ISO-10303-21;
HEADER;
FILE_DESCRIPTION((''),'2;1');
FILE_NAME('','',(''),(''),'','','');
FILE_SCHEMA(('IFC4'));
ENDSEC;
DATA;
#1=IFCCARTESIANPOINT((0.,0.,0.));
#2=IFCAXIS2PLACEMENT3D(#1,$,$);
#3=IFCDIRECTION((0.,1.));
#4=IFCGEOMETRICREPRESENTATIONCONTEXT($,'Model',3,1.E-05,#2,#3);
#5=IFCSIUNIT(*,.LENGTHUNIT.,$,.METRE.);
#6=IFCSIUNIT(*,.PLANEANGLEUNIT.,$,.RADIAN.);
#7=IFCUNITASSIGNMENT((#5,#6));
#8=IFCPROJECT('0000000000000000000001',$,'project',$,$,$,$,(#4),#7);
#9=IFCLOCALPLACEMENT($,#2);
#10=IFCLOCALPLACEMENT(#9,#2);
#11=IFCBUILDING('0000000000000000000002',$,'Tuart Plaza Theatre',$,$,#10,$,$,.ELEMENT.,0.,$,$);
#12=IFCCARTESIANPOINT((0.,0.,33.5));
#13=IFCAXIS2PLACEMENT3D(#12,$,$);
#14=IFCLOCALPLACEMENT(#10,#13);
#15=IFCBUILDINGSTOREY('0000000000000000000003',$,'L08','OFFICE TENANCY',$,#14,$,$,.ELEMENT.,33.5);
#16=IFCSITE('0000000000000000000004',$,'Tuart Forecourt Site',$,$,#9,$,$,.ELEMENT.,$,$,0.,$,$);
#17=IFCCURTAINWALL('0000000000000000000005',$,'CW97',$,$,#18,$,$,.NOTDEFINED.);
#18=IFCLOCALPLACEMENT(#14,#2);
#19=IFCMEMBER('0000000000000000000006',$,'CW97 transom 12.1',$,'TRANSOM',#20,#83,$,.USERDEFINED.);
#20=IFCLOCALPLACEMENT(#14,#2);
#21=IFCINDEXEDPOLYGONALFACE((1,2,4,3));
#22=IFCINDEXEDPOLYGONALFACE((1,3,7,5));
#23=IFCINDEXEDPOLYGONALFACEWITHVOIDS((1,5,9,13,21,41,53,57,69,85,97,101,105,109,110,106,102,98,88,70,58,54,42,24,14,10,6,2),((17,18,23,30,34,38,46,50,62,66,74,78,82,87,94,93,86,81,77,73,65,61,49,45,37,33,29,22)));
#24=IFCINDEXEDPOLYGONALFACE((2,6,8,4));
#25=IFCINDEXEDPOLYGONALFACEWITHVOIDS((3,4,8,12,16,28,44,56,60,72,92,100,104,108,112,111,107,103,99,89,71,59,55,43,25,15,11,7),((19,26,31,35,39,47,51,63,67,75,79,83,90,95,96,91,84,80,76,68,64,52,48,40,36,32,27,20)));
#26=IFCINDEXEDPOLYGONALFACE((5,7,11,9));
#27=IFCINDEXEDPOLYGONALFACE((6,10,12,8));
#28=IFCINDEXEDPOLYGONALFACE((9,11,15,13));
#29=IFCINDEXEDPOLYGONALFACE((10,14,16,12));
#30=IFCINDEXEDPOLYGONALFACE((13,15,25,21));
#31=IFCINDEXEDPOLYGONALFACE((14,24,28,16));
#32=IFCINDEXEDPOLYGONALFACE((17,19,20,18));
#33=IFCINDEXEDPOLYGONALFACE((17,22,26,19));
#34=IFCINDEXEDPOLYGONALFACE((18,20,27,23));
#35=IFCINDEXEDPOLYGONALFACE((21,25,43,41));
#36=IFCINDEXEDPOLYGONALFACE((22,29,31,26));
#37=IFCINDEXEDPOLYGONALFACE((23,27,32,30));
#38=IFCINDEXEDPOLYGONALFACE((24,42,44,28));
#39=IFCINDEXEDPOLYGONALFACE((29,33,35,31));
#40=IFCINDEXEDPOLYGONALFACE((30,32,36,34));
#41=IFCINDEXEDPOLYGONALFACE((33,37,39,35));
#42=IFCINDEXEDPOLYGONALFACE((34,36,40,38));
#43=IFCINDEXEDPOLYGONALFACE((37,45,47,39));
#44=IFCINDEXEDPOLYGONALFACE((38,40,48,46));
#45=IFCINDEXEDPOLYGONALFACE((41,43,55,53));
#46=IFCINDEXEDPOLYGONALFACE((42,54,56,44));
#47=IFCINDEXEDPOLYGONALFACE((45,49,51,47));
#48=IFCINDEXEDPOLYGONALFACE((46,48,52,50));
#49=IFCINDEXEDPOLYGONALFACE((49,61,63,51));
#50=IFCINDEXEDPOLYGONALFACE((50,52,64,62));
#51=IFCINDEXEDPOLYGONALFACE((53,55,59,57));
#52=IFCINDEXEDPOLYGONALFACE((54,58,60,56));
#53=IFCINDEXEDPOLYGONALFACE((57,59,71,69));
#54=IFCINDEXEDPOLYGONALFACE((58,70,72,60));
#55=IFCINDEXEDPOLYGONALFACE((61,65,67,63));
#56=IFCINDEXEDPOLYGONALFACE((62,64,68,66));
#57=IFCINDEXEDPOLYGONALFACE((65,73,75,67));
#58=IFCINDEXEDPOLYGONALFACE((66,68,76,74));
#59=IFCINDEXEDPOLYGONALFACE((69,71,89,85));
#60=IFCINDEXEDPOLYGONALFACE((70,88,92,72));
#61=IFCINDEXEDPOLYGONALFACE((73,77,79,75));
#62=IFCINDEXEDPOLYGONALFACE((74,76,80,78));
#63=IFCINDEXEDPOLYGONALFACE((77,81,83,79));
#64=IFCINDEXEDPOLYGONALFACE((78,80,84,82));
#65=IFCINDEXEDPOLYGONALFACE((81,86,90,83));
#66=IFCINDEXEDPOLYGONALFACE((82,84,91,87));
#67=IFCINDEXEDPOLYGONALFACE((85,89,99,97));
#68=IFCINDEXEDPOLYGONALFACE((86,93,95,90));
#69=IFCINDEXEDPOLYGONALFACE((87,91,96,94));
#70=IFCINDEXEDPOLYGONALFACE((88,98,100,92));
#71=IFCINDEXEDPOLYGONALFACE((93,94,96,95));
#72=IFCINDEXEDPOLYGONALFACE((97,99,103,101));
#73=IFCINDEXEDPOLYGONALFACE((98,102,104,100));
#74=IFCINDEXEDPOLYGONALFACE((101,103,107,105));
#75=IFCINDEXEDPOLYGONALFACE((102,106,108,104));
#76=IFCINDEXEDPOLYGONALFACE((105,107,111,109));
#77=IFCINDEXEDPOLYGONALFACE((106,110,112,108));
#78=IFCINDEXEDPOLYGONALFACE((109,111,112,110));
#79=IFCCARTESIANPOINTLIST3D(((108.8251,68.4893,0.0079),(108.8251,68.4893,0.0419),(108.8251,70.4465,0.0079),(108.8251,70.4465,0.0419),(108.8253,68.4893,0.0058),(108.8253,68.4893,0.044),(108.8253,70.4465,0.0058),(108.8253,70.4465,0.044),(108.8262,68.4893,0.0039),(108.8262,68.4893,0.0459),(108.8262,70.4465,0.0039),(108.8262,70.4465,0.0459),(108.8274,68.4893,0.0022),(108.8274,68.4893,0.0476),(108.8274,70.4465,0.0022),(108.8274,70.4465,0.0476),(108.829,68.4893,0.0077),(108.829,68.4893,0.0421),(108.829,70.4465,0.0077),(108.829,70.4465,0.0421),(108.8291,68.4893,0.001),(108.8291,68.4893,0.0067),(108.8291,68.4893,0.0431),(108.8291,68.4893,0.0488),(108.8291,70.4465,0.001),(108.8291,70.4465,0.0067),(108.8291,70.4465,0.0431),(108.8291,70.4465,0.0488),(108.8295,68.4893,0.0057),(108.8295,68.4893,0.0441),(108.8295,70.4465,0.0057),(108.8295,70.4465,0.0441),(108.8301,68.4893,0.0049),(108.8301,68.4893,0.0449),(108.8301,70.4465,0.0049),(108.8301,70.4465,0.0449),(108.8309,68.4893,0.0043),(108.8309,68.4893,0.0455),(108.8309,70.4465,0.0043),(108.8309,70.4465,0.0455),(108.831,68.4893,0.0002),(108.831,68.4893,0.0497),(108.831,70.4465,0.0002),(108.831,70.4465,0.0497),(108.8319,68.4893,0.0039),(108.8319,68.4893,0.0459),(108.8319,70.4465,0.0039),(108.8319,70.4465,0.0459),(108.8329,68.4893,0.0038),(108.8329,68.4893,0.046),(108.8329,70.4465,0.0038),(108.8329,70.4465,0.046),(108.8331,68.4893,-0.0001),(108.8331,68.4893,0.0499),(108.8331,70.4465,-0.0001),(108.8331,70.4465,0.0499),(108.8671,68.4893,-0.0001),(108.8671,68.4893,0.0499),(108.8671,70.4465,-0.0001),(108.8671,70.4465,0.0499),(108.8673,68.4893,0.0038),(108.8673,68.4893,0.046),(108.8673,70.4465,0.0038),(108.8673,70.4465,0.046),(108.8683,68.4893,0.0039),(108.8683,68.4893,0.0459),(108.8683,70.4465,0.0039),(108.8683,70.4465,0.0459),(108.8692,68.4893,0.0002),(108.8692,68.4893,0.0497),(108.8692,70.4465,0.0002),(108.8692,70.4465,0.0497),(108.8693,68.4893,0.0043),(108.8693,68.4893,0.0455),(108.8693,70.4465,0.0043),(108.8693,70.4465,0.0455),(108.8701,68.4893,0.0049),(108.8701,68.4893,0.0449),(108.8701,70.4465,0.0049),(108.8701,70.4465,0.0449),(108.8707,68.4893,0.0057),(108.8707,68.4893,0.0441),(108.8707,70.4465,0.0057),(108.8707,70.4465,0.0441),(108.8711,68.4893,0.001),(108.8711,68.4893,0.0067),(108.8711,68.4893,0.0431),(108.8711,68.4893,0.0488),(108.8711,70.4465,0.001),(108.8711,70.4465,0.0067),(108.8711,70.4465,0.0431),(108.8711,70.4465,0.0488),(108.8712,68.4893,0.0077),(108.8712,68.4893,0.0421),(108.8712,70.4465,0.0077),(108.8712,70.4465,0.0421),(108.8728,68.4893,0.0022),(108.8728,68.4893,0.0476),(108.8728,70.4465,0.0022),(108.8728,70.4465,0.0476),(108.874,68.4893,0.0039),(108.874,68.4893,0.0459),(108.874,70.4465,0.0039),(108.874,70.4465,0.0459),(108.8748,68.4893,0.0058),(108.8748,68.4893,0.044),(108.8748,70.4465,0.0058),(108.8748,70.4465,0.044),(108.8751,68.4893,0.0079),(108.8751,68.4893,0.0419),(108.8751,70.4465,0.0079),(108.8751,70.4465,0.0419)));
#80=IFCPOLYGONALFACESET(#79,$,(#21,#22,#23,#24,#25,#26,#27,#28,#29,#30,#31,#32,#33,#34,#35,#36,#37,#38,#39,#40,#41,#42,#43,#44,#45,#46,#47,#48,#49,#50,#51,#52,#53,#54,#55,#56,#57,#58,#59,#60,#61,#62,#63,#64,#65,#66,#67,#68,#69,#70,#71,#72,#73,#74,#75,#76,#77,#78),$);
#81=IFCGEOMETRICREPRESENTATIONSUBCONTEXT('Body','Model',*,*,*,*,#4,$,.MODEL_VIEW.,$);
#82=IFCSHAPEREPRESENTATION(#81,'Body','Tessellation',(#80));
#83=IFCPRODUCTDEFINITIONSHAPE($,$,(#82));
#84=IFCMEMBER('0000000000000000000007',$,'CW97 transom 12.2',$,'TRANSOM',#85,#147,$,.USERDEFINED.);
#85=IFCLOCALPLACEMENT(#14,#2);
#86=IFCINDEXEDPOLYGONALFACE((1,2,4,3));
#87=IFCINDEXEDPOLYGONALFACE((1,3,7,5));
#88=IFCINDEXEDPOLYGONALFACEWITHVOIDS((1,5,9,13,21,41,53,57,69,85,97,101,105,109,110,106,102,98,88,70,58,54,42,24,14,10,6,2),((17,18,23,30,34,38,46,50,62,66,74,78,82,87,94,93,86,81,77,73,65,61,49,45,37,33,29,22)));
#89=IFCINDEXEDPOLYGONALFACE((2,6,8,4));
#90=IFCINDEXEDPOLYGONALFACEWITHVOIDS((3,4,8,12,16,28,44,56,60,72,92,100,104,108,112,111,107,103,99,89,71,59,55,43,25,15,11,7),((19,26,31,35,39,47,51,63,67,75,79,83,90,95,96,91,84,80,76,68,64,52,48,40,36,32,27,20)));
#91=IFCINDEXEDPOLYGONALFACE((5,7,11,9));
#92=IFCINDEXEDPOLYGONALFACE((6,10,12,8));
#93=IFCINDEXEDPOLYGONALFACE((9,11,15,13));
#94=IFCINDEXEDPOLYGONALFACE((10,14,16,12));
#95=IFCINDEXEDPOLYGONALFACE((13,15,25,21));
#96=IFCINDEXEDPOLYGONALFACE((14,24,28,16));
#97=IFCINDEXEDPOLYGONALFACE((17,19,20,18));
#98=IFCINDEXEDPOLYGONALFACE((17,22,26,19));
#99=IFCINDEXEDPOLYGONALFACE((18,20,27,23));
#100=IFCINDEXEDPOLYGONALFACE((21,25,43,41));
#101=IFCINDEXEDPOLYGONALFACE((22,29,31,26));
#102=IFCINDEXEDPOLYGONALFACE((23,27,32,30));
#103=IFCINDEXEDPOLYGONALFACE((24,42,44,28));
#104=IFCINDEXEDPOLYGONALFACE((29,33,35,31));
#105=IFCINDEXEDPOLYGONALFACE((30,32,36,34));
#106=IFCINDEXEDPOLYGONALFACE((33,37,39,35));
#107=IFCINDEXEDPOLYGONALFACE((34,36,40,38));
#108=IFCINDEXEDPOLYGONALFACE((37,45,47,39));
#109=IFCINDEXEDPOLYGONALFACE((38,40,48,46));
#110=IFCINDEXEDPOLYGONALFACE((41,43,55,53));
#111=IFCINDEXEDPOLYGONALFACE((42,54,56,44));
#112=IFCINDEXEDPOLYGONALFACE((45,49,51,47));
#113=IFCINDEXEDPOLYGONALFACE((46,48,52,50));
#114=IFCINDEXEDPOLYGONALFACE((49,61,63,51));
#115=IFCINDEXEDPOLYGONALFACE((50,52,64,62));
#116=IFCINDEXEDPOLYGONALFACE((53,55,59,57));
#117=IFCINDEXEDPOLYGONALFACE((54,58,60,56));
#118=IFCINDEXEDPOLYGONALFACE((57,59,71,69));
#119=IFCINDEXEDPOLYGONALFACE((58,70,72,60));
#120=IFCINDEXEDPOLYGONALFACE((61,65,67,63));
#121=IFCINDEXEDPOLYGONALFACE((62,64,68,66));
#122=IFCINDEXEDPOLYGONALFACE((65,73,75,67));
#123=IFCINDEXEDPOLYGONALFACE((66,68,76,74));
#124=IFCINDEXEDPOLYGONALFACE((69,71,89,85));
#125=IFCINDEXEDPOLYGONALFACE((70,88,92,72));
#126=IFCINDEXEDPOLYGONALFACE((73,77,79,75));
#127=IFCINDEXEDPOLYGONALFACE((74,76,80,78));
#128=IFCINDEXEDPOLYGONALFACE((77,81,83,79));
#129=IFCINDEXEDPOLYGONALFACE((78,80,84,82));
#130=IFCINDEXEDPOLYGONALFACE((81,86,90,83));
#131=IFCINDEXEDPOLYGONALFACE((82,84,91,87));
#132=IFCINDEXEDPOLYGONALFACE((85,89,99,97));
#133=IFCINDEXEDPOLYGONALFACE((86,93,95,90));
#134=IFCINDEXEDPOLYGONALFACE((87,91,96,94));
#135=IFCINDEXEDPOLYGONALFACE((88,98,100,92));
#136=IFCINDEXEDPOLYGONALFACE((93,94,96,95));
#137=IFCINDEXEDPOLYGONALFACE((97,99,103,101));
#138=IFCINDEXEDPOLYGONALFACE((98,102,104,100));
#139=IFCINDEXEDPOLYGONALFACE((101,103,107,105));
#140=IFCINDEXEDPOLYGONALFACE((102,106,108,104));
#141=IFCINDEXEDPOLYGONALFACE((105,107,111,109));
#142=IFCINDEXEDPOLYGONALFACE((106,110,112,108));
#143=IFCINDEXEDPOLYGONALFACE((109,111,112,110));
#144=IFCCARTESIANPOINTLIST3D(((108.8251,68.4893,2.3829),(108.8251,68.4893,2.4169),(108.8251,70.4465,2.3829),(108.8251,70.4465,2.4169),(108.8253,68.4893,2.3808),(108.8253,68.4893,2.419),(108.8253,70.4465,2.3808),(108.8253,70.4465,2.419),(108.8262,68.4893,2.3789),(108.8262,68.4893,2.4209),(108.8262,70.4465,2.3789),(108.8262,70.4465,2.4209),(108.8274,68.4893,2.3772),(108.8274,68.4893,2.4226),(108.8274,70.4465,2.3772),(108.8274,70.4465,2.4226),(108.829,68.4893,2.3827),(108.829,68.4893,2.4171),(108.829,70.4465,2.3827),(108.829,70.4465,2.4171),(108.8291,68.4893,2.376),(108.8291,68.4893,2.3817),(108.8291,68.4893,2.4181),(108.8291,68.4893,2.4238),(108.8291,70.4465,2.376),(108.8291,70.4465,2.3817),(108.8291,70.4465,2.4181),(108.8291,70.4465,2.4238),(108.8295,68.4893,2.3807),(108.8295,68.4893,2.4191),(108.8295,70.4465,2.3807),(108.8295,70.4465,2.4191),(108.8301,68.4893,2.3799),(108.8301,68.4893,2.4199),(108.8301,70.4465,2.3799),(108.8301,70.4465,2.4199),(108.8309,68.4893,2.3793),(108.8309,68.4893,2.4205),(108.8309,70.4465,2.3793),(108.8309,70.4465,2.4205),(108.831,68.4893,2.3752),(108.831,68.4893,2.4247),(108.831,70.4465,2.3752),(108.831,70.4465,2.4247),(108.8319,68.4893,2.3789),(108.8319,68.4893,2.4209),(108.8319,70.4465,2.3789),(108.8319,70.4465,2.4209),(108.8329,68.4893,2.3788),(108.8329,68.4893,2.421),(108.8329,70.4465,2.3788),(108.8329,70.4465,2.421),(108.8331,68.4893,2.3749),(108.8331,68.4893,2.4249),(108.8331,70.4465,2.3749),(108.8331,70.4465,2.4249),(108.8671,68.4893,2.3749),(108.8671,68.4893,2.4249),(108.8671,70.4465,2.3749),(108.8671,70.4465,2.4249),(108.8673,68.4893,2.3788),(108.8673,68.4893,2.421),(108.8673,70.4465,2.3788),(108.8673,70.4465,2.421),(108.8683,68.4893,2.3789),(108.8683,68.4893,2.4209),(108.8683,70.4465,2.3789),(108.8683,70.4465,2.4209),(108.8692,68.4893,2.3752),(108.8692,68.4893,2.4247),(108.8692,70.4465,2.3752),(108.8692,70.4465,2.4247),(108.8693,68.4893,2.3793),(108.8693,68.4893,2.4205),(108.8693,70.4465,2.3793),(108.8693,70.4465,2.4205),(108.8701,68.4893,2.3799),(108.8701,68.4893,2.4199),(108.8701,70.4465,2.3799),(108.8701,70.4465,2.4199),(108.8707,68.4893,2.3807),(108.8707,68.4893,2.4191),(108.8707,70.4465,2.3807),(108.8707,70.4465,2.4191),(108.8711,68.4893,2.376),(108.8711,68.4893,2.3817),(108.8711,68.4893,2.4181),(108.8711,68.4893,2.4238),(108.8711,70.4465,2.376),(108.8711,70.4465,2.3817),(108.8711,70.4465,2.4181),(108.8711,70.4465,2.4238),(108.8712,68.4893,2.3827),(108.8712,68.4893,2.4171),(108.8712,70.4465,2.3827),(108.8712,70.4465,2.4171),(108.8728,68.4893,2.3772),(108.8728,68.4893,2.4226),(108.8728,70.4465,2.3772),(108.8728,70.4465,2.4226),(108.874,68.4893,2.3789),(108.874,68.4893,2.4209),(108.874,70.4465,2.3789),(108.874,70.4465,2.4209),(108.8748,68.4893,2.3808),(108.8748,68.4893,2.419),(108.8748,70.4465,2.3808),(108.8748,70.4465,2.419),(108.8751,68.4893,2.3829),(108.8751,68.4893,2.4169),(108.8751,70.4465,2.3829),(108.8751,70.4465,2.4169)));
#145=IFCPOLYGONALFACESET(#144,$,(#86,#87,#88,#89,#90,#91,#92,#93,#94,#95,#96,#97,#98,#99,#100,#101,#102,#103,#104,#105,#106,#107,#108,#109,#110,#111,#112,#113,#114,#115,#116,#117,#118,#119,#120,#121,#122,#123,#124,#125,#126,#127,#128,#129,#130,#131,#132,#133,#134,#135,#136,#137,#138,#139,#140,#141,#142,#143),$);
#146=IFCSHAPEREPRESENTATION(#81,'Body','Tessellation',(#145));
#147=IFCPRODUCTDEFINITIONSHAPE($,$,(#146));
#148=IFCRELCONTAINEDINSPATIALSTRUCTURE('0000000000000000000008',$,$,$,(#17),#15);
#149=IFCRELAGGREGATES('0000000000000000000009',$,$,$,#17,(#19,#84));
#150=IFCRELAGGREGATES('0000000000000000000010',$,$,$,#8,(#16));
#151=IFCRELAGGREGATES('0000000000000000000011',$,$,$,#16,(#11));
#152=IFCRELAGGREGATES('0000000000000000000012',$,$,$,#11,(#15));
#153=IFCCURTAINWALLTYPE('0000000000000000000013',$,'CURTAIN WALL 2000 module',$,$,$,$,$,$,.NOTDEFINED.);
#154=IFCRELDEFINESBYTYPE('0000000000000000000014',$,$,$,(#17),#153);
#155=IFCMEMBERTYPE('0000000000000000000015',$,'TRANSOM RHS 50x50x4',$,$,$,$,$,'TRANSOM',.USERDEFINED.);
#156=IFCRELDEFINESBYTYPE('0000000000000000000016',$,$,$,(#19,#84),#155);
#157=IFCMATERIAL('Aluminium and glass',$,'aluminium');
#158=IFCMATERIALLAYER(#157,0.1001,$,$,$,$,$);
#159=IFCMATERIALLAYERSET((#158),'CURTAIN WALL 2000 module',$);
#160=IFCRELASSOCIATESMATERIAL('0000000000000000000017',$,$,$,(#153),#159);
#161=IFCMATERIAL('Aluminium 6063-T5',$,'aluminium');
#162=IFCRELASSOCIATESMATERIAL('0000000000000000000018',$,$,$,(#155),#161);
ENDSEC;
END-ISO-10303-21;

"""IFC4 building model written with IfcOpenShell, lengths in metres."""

from ifc_helpers import new_model, si_unit, direction, frame, origin, origin_2d, place, context, subcontext, project, spatial, hollow_rectangle, extrude, material, layer, layer_set, material_profile, profile_set, type_object, element, aggregate, save


model = new_model("IFC4")

# Units and contexts
model_context = context("Model", 3, precision=1e-05, world=origin(), true_north=direction((0.0, 1.0)))
body_context = subcontext(model_context, "Body", "Model", "MODEL_VIEW")
ifc_project = project(units=[si_unit("LENGTHUNIT", "METRE"), si_unit("PLANEANGLEUNIT", "RADIAN")], contexts=[model_context])

# Site, building, storey
site_placement = place(None, origin())
site = spatial("IfcSite", under=ifc_project, at=site_placement, Name="Tuart Forecourt Site", CompositionType="ELEMENT", RefElevation=0.0)
building_placement = place(site_placement, origin())
building = spatial("IfcBuilding", under=site, at=building_placement, Name="Tuart Plaza Theatre", CompositionType="ELEMENT", ElevationOfRefHeight=0.0)
storey_placement = place(building_placement, frame((0.0, 0.0, 33.5)))
storey = spatial("IfcBuildingStorey", under=building, at=storey_placement, Name="L08", Description="OFFICE TENANCY", CompositionType="ELEMENT", Elevation=33.5)

# Curtain wall
ifc_material_1 = material(Name="Aluminium and glass", Category="aluminium")
ifc_layer_1 = layer(ifc_material_1, 0.1001)
ifc_layer_set_1 = layer_set([ifc_layer_1], Name="CURTAIN WALL 2000 module")
curtain_wall_type = type_object("IfcCurtainWallType", Name="CURTAIN WALL 2000 module", PredefinedType="NOTDEFINED", material=ifc_layer_set_1)
curtain_wall_1_placement = place(storey_placement, origin())
curtain_wall_1 = element("IfcCurtainWall", 1, at=curtain_wall_1_placement, inside=storey, type_object=curtain_wall_type, Name="CW97", PredefinedType="NOTDEFINED")

# Members
ifc_material_2 = material(Name="Aluminium 6063-T5", Category="aluminium")
ifc_material_profile_1 = material_profile(ifc_material_2, hollow_rectangle(XDim=0.05, YDim=0.05, WallThickness=0.0039, InnerFilletRadius=0.0039, OuterFilletRadius=0.0081, at=origin_2d()), Name="RHS 50x50x4")
ifc_profile_set_1 = profile_set([ifc_material_profile_1], Name="Aluminium 6063-T5")
member_type_1 = type_object("IfcMemberType", Name="TRANSOM RHS 50x50x4", ElementType="TRANSOM", PredefinedType="USERDEFINED", material=ifc_profile_set_1)
member_1_placement = place(storey_placement, frame((108.8501, 70.4465, 0.0249), z_axis=(0.0, -1.0, 0.0), x_axis=(1.0, 0.0, 0.0)))
member_1 = element("IfcMember", 2, at=member_1_placement, type_object=member_type_1, Name="CW97 transom 12.1", ObjectType="TRANSOM", PredefinedType="USERDEFINED", context=body_context, shape_type="SweptSolid", body=[
    extrude(hollow_rectangle(XDim=0.05, YDim=0.05, WallThickness=0.0039, InnerFilletRadius=0.0039, OuterFilletRadius=0.0081, at=origin_2d()), origin(), (0.0, 0.0, 1.0), 1.9573),
])
member_2_placement = place(storey_placement, frame((108.8501, 70.4465, 2.3999), z_axis=(0.0, -1.0, 0.0), x_axis=(1.0, 0.0, 0.0)))
member_2 = element("IfcMember", 3, at=member_2_placement, type_object=member_type_1, Name="CW97 transom 12.2", ObjectType="TRANSOM", PredefinedType="USERDEFINED", context=body_context, shape_type="SweptSolid", body=[
    extrude(hollow_rectangle(XDim=0.05, YDim=0.05, WallThickness=0.0039, InnerFilletRadius=0.0039, OuterFilletRadius=0.0081, at=origin_2d()), origin(), (0.0, 0.0, 1.0), 1.9573),
])

aggregate(curtain_wall_1, [member_1, member_2])

save(model, "model.ifc")
